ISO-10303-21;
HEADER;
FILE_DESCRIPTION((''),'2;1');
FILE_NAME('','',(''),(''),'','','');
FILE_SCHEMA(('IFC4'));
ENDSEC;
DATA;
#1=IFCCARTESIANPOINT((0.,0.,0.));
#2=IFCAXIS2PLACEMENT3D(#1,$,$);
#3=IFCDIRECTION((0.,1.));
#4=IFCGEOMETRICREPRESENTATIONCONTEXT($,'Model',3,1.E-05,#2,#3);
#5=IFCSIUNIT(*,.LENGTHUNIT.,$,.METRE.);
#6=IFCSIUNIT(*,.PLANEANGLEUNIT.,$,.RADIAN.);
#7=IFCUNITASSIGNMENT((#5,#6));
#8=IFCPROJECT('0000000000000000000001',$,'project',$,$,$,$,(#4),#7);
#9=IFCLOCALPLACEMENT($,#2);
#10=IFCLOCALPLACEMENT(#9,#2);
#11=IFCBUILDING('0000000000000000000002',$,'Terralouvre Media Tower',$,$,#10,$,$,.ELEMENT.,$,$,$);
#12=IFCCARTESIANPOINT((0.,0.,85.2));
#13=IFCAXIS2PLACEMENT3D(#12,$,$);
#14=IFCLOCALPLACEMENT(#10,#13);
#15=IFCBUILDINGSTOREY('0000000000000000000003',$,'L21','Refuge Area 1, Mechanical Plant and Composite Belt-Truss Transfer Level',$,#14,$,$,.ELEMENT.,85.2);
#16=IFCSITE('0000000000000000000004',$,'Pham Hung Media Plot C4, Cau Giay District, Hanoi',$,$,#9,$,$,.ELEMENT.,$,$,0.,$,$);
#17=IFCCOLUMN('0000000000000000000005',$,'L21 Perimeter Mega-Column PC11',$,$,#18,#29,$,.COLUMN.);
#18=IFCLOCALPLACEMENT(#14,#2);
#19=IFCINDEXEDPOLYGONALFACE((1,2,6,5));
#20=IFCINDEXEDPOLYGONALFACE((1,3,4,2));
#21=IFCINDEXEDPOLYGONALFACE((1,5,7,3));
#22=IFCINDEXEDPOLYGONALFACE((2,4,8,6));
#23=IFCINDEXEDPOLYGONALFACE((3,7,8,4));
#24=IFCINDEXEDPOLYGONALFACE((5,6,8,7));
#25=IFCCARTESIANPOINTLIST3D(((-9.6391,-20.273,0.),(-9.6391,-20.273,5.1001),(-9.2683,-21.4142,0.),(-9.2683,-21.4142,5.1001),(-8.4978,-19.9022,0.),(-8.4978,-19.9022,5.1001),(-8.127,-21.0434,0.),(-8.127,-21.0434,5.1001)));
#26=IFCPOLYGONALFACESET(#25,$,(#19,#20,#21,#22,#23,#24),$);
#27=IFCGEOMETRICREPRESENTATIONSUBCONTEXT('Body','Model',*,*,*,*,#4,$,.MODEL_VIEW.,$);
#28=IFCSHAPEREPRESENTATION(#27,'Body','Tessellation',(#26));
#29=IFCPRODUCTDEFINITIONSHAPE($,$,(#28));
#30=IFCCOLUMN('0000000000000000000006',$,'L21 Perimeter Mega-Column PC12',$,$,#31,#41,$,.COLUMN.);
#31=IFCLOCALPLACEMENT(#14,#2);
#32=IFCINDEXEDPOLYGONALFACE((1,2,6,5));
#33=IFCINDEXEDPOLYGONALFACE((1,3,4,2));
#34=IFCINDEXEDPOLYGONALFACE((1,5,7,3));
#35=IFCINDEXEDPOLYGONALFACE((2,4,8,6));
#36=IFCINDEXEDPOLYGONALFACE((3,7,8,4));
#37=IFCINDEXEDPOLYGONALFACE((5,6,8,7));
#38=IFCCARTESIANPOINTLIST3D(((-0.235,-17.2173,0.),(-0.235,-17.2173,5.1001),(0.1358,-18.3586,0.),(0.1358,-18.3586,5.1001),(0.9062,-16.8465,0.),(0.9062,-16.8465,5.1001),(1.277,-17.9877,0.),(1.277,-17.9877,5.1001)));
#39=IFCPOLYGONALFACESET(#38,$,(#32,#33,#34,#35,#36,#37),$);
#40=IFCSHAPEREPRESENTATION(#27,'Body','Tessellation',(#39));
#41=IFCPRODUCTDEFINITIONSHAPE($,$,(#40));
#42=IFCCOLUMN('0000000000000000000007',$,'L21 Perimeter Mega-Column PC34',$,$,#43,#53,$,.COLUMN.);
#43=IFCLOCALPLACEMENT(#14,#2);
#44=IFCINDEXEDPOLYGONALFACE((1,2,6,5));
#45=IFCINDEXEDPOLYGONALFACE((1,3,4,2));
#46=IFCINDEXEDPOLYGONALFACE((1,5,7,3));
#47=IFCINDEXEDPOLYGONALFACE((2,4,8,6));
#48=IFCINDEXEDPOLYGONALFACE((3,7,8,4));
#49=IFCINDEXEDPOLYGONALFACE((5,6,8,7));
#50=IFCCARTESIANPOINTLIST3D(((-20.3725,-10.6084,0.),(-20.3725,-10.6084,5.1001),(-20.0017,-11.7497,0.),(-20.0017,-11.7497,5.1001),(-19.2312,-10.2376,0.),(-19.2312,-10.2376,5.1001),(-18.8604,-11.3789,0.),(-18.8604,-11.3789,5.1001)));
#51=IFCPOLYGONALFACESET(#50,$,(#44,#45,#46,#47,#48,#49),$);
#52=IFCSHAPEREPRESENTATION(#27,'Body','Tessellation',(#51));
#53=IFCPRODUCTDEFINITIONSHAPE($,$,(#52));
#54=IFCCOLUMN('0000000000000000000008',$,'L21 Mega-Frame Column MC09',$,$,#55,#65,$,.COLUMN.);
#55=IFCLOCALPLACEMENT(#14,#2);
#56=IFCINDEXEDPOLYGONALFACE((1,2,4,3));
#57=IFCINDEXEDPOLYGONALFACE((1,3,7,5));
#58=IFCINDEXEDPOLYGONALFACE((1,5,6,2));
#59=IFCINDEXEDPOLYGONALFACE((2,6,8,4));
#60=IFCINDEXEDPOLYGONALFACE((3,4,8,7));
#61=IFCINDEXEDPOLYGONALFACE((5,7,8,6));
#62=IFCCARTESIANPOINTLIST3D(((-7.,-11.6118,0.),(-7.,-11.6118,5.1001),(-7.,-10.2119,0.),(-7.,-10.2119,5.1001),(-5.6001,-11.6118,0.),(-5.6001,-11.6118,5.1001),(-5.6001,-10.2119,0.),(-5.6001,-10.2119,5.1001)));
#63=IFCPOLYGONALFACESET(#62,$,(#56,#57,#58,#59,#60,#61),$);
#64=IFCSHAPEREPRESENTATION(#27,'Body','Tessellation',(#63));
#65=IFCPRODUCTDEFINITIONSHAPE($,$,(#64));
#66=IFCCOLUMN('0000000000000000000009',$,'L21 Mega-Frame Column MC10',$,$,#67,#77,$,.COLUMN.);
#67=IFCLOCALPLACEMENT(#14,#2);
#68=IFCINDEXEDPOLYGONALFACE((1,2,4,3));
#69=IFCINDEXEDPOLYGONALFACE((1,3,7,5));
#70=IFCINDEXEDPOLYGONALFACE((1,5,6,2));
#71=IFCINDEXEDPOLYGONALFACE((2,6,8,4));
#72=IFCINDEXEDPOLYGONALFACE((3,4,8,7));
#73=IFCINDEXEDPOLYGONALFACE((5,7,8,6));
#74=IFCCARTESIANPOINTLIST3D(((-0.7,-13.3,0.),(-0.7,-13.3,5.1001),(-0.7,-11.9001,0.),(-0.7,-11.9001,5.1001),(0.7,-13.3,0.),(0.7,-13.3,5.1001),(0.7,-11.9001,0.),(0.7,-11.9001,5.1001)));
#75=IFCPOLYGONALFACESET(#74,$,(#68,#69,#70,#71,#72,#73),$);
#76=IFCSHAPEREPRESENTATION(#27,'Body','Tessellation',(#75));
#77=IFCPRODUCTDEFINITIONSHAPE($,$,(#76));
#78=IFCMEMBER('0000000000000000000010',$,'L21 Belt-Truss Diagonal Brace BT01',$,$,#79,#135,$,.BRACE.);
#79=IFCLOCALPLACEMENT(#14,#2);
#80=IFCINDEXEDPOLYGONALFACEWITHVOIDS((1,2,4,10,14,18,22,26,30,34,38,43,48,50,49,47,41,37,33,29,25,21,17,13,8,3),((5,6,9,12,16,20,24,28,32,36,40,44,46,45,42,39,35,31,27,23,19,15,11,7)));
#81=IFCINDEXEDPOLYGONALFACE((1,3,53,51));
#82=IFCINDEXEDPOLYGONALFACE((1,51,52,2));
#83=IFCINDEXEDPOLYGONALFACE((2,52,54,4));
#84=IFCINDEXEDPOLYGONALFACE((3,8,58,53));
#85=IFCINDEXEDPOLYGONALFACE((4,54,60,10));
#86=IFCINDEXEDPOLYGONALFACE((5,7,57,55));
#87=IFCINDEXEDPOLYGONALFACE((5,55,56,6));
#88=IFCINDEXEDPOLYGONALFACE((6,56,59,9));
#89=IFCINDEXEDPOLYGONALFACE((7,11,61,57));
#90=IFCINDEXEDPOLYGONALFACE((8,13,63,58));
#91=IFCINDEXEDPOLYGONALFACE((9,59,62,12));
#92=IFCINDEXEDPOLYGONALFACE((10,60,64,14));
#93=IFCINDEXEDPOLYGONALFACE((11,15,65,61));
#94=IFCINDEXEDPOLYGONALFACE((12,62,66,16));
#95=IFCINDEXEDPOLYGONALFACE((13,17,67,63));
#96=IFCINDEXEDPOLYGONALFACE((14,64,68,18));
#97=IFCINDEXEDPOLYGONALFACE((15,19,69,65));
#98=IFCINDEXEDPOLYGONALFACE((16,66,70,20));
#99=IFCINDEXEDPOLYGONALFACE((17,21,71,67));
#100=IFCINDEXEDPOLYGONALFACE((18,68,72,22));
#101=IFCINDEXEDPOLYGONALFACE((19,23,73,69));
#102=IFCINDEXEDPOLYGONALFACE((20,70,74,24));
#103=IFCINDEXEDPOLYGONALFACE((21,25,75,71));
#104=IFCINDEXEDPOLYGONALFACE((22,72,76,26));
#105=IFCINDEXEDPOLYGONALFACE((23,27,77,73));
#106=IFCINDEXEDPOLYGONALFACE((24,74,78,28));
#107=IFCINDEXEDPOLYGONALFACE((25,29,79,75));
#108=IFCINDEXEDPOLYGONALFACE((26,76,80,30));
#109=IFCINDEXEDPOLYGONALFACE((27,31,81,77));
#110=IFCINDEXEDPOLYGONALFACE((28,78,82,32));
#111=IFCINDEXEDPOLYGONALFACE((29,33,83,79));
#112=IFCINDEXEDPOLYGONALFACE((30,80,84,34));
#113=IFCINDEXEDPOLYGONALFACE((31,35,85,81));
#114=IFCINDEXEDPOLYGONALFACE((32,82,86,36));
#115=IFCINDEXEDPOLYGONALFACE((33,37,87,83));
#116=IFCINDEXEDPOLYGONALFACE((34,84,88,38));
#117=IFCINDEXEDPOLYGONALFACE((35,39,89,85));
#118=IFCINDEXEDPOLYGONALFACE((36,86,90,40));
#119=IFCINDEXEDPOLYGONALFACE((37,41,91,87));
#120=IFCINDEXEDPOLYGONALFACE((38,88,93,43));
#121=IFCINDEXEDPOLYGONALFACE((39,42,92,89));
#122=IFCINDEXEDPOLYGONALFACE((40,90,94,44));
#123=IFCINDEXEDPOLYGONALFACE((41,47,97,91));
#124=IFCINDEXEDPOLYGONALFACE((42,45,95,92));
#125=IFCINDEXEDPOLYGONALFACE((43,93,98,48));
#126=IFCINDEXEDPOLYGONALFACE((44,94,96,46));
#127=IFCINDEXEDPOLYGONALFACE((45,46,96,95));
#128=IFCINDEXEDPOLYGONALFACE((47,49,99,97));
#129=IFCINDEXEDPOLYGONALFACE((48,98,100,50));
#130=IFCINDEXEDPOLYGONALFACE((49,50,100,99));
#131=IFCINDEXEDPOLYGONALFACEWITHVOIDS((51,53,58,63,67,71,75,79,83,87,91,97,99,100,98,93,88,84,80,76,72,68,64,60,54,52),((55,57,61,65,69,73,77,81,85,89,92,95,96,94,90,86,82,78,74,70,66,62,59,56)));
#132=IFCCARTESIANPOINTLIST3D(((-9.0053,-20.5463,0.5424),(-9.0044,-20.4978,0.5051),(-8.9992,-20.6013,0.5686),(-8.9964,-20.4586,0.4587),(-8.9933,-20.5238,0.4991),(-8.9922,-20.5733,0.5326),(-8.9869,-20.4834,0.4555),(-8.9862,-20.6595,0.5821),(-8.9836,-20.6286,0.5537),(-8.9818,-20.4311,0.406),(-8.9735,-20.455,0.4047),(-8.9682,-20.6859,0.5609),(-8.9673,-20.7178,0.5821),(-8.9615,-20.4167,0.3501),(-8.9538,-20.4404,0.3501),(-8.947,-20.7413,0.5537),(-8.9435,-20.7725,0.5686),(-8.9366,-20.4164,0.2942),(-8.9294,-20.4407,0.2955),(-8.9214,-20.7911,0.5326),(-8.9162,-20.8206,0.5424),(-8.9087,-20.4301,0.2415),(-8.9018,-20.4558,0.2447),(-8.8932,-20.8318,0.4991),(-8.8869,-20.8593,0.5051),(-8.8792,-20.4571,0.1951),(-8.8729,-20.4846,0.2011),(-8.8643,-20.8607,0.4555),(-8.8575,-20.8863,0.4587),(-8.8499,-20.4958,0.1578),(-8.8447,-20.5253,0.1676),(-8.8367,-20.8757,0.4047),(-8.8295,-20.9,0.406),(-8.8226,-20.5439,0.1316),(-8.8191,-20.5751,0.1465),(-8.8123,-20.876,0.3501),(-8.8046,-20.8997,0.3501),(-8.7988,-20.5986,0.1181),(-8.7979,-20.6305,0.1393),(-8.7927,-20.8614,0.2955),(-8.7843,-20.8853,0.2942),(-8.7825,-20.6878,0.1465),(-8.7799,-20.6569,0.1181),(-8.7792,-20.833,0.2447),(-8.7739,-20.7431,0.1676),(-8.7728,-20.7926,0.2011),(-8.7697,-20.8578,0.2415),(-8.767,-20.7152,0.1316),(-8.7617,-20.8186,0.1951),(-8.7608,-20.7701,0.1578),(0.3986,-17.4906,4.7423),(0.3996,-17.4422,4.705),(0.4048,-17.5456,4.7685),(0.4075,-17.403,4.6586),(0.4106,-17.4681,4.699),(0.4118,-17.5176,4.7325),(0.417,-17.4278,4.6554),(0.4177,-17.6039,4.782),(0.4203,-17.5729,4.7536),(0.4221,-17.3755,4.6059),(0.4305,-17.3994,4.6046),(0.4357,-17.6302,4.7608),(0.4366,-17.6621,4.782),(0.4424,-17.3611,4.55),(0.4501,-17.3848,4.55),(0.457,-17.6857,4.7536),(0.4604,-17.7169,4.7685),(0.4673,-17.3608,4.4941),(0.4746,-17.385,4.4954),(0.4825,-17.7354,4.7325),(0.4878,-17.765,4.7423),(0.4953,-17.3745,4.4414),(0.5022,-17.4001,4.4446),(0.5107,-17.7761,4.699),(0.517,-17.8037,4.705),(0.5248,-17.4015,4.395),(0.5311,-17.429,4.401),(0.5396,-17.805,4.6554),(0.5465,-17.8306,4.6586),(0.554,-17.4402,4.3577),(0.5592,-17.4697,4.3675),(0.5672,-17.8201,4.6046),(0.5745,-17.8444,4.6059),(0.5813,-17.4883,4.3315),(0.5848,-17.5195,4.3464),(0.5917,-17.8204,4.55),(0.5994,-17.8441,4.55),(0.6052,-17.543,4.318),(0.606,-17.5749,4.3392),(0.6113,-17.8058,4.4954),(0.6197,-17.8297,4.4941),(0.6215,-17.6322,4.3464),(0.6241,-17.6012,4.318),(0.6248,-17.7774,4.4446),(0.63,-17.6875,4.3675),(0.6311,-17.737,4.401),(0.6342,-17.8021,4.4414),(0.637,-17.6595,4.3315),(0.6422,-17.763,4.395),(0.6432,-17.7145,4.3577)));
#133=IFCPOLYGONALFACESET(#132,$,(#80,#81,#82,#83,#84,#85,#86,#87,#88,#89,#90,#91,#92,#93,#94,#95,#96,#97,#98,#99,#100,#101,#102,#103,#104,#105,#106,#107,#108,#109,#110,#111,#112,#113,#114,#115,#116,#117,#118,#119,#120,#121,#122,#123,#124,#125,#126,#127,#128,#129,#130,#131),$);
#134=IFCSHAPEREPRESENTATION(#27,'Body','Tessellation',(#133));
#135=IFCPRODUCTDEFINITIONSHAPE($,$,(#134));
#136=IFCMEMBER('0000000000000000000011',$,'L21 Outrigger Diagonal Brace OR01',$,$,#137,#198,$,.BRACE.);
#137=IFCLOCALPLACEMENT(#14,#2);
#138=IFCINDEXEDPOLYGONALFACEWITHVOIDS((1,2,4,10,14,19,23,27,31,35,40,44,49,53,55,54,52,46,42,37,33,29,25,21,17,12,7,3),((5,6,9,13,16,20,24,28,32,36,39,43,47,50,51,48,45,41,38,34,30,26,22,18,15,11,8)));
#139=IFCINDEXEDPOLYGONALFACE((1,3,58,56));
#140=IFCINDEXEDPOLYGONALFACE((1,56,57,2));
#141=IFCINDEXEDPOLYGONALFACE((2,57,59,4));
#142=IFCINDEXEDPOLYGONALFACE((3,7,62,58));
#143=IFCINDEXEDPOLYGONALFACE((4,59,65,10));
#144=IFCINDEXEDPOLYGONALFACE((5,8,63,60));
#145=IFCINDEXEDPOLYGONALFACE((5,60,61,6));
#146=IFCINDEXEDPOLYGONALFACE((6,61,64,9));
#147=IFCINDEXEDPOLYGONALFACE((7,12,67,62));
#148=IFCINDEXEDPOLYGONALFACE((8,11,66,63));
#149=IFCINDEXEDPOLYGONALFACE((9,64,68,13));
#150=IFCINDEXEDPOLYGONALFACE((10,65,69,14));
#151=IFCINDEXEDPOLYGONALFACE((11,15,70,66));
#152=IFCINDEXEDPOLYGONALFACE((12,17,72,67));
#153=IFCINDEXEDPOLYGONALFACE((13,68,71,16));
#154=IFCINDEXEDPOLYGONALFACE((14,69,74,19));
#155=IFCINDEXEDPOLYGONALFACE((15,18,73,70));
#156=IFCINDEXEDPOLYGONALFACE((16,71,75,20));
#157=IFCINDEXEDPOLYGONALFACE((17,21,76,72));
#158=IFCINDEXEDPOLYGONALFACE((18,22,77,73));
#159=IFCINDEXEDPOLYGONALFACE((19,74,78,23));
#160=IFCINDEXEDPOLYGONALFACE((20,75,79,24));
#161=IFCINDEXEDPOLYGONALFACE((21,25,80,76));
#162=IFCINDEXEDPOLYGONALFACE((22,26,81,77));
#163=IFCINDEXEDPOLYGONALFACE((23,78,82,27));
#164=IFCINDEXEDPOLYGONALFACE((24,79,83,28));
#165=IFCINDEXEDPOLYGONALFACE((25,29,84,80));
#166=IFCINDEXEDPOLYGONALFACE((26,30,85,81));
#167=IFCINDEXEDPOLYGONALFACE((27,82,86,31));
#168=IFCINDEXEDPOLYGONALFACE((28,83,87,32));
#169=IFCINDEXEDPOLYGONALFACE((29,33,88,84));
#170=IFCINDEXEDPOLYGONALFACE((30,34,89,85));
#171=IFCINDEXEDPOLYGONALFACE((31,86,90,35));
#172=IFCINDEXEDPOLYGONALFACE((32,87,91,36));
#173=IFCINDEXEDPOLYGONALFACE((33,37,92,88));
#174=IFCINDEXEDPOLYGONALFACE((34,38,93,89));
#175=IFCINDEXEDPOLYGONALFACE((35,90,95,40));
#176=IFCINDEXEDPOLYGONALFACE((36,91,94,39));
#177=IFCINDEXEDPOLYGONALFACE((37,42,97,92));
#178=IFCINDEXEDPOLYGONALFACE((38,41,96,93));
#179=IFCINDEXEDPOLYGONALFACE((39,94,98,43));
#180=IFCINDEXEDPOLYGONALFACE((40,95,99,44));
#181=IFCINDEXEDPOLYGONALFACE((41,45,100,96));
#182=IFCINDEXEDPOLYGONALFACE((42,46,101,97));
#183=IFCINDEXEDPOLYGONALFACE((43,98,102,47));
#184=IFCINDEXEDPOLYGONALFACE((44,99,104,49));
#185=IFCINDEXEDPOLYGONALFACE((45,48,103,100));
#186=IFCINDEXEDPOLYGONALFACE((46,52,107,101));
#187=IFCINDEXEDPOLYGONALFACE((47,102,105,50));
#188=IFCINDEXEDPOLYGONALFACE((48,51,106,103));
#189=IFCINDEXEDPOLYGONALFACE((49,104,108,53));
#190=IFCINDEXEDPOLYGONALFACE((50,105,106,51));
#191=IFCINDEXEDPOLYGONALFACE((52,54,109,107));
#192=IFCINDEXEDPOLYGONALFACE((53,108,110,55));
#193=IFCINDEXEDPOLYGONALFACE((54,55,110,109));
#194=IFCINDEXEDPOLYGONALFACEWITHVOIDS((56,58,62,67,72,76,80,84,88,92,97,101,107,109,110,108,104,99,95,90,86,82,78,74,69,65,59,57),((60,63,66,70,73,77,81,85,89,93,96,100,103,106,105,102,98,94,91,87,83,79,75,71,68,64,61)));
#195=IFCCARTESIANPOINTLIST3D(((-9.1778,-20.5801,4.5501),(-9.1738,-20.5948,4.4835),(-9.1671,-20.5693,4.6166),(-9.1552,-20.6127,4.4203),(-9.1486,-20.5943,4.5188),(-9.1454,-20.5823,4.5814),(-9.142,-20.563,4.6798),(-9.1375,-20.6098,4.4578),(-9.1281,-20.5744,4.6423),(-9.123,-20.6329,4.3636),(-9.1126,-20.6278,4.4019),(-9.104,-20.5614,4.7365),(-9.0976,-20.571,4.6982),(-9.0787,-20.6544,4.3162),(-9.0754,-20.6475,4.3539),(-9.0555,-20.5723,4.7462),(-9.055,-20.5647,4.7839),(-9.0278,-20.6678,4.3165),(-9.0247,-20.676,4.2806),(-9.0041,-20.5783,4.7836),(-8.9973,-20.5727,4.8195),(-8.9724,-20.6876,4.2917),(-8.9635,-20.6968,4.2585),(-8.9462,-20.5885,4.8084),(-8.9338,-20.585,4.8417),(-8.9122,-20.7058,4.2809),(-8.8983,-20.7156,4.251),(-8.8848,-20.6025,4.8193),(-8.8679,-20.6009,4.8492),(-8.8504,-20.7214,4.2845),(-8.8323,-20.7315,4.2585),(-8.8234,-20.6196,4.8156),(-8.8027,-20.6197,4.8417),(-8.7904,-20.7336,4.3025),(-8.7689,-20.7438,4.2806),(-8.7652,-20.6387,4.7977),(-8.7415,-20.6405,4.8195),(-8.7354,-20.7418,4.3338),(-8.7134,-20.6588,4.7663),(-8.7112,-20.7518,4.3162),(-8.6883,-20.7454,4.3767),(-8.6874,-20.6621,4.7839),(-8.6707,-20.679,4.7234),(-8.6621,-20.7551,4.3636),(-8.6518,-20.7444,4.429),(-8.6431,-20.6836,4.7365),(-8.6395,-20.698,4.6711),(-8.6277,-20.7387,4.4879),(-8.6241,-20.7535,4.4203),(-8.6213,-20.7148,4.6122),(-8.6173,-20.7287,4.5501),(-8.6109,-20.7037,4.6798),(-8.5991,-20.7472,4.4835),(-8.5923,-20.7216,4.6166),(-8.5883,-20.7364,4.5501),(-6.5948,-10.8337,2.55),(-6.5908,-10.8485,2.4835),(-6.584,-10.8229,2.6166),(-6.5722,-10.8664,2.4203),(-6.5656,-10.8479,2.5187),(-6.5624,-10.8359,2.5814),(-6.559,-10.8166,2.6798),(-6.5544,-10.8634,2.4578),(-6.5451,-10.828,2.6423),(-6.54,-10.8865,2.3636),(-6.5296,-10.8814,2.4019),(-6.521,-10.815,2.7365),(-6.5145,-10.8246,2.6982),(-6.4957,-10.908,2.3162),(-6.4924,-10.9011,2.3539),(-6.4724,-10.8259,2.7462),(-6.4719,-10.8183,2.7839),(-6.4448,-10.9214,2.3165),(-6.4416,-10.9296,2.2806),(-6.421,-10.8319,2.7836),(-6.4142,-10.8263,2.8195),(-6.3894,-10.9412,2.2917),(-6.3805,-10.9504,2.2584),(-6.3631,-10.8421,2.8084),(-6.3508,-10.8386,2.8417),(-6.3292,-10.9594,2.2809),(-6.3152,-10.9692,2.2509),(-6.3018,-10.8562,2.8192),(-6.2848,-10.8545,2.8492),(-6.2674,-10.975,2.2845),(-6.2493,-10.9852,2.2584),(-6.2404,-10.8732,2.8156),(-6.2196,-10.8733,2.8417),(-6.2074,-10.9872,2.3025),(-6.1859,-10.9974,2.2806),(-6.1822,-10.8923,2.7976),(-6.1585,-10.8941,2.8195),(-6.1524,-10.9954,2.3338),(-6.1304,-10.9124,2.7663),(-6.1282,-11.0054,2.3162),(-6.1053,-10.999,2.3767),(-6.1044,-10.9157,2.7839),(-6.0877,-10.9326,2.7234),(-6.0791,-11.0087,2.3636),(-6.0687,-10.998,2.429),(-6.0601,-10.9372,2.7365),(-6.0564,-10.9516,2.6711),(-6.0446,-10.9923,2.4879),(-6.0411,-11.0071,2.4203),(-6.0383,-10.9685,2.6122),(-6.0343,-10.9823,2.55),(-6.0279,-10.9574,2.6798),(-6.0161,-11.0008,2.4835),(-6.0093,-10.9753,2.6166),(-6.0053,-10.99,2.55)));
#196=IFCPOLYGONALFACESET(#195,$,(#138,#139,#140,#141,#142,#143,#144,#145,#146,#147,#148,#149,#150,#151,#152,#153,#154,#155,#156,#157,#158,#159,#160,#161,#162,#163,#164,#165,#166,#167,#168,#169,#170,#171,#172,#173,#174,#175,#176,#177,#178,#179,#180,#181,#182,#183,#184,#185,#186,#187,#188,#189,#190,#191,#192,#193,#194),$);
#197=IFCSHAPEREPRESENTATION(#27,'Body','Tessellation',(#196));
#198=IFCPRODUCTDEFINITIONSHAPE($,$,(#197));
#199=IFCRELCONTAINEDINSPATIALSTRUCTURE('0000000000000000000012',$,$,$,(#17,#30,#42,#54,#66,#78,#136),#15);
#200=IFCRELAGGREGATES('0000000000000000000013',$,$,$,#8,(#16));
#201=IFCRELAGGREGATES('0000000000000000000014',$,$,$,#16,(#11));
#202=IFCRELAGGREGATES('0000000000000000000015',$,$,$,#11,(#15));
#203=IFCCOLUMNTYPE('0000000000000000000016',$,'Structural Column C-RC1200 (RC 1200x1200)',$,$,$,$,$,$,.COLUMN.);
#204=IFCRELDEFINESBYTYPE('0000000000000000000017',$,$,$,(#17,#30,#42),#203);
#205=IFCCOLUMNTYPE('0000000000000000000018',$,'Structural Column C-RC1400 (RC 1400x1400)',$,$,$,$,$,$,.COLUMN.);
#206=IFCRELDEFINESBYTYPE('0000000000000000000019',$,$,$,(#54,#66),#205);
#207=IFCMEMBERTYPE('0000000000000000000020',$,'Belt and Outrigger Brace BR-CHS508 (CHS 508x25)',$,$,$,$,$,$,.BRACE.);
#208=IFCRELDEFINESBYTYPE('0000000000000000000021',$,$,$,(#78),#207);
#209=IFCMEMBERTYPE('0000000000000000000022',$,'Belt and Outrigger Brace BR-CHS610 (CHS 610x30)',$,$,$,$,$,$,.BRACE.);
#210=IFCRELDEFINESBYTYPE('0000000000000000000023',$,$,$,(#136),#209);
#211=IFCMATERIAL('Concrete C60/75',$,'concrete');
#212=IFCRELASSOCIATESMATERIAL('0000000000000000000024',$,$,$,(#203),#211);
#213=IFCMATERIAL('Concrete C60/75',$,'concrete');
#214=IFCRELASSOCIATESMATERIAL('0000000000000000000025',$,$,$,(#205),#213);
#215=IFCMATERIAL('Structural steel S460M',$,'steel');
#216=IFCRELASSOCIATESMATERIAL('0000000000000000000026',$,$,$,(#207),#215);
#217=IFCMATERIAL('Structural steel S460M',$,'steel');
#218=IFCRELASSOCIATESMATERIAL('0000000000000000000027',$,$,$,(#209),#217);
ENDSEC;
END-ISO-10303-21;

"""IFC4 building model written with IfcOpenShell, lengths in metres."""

from ifc_helpers import new_model, si_unit, direction, frame, origin, origin_2d, place, context, subcontext, project, spatial, rectangle, hollow_circle, extrude, material, material_profile, profile_set, type_object, element, save


model = new_model("IFC4")

# Units and contexts
model_context = context("Model", 3, precision=1e-05, world=origin(), true_north=direction((0.0, 1.0)))
body_context = subcontext(model_context, "Body", "Model", "MODEL_VIEW")
ifc_project = project(units=[si_unit("LENGTHUNIT", "METRE"), si_unit("PLANEANGLEUNIT", "RADIAN")], contexts=[model_context])

# Site, building, storey
site_placement = place(None, origin())
site = spatial("IfcSite", under=ifc_project, at=site_placement, Name="Pham Hung Media Plot C4, Cau Giay District, Hanoi", CompositionType="ELEMENT", RefElevation=0.0)
building_placement = place(site_placement, origin())
building = spatial("IfcBuilding", under=site, at=building_placement, Name="Terralouvre Media Tower", CompositionType="ELEMENT")
storey_placement = place(building_placement, frame((0.0, 0.0, 85.2)))
storey = spatial("IfcBuildingStorey", under=building, at=storey_placement, Name="L21", Description="Refuge Area 1, Mechanical Plant and Composite Belt-Truss Transfer Level", CompositionType="ELEMENT", Elevation=85.2)

# Columns
ifc_material_1 = material(Name="Concrete C60/75", Category="concrete")
ifc_material_profile_1 = material_profile(ifc_material_1, rectangle(XDim=1.2, YDim=1.2, at=origin_2d()), Name="RC 1200x1200")
ifc_profile_set_1 = profile_set([ifc_material_profile_1], Name="Concrete C60/75")
column_type_1 = type_object("IfcColumnType", Name="Structural Column C-RC1200 (RC 1200x1200)", PredefinedType="COLUMN", material=ifc_profile_set_1)
for number, where, z_axis, x_axis, name in (
    (1, (-8.8831, -20.6582, 0.0), (0.0, 0.0, 1.0), (0.951057, 0.309017, 0.0), "L21 Perimeter Mega-Column PC11"),
    (2, (0.521, -17.6025, 0.0), (0.0, 0.0, 1.0), (0.951057, 0.309017, 0.0), "L21 Perimeter Mega-Column PC12"),
    (3, (-19.6165, -10.9937, 0.0), (0.0, 0.0, 1.0), (0.951057, 0.309017, 0.0), "L21 Perimeter Mega-Column PC34"),
):
    element("IfcColumn", number, at=place(storey_placement, frame(where, z_axis=z_axis, x_axis=x_axis)), inside=storey, type_object=column_type_1, Name=name, PredefinedType="COLUMN", context=body_context, shape_type="SweptSolid", body=[
        extrude(rectangle(XDim=1.2, YDim=1.2, at=origin_2d()), origin(), (0.0, 0.0, 1.0), 5.1001),
    ])
ifc_material_2 = material(Name="Concrete C60/75", Category="concrete")
ifc_material_profile_2 = material_profile(ifc_material_2, rectangle(XDim=1.3999, YDim=1.3999, at=origin_2d()), Name="RC 1400x1400")
ifc_profile_set_2 = profile_set([ifc_material_profile_2], Name="Concrete C60/75")
column_type_2 = type_object("IfcColumnType", Name="Structural Column C-RC1400 (RC 1400x1400)", PredefinedType="COLUMN", material=ifc_profile_set_2)
for number, where, z_axis, x_axis, name in (
    (4, (-6.3, -10.9119, 0.0), (0.0, 0.0, 1.0), (1.0, 0.0, 0.0), "L21 Mega-Frame Column MC09"),
    (5, (0.0, -12.6001, 0.0), (0.0, 0.0, 1.0), (1.0, 0.0, 0.0), "L21 Mega-Frame Column MC10"),
):
    element("IfcColumn", number, at=place(storey_placement, frame(where, z_axis=z_axis, x_axis=x_axis)), inside=storey, type_object=column_type_2, Name=name, PredefinedType="COLUMN", context=body_context, shape_type="SweptSolid", body=[
        extrude(rectangle(XDim=1.3999, YDim=1.3999, at=origin_2d()), origin(), (0.0, 0.0, 1.0), 5.1001),
    ])

# Members
ifc_material_3 = material(Name="Structural steel S460M", Category="steel")
ifc_material_profile_3 = material_profile(ifc_material_3, hollow_circle(Radius=0.2539, WallThickness=0.0249, at=origin_2d()), Name="CHS 508x25")
ifc_profile_set_3 = profile_set([ifc_material_profile_3], Name="Structural steel S460M")
member_type_1 = type_object("IfcMemberType", Name="Belt and Outrigger Brace BR-CHS508 (CHS 508x25)", PredefinedType="BRACE", material=ifc_profile_set_3)
member_1_placement = place(storey_placement, frame((-8.8831, -20.6582, 0.3501), z_axis=(0.875362, 0.284432, 0.390946), x_axis=(-0.309026, 0.951053, 0.0)))
element("IfcMember", 6, at=member_1_placement, inside=storey, type_object=member_type_1, Name="L21 Belt-Truss Diagonal Brace BT01", PredefinedType="BRACE", context=body_context, shape_type="SweptSolid", body=[
    extrude(hollow_circle(Radius=0.2539, WallThickness=0.0249, at=origin_2d()), origin(), (0.0, 0.0, 1.0), 10.7429),
])
ifc_material_4 = material(Name="Structural steel S460M", Category="steel")
ifc_material_profile_4 = material_profile(ifc_material_4, hollow_circle(Radius=0.3049, WallThickness=0.03, at=origin_2d()), Name="CHS 610x30")
ifc_profile_set_4 = profile_set([ifc_material_profile_4], Name="Structural steel S460M")
member_type_2 = type_object("IfcMemberType", Name="Belt and Outrigger Brace BR-CHS610 (CHS 610x30)", PredefinedType="BRACE", material=ifc_profile_set_4)
member_2_placement = place(storey_placement, frame((-6.3, -10.9119, 2.55), z_axis=(-0.251284, -0.948156, 0.194567), x_axis=(0.966629, -0.256179, 0.0)))
element("IfcMember", 7, at=member_2_placement, inside=storey, type_object=member_type_2, Name="L21 Outrigger Diagonal Brace OR01", PredefinedType="BRACE", context=body_context, shape_type="SweptSolid", body=[
    extrude(hollow_circle(Radius=0.3049, WallThickness=0.03, at=origin_2d()), origin(), (0.0, 0.0, 1.0), 10.2793),
])

save(model, "model.ifc")
